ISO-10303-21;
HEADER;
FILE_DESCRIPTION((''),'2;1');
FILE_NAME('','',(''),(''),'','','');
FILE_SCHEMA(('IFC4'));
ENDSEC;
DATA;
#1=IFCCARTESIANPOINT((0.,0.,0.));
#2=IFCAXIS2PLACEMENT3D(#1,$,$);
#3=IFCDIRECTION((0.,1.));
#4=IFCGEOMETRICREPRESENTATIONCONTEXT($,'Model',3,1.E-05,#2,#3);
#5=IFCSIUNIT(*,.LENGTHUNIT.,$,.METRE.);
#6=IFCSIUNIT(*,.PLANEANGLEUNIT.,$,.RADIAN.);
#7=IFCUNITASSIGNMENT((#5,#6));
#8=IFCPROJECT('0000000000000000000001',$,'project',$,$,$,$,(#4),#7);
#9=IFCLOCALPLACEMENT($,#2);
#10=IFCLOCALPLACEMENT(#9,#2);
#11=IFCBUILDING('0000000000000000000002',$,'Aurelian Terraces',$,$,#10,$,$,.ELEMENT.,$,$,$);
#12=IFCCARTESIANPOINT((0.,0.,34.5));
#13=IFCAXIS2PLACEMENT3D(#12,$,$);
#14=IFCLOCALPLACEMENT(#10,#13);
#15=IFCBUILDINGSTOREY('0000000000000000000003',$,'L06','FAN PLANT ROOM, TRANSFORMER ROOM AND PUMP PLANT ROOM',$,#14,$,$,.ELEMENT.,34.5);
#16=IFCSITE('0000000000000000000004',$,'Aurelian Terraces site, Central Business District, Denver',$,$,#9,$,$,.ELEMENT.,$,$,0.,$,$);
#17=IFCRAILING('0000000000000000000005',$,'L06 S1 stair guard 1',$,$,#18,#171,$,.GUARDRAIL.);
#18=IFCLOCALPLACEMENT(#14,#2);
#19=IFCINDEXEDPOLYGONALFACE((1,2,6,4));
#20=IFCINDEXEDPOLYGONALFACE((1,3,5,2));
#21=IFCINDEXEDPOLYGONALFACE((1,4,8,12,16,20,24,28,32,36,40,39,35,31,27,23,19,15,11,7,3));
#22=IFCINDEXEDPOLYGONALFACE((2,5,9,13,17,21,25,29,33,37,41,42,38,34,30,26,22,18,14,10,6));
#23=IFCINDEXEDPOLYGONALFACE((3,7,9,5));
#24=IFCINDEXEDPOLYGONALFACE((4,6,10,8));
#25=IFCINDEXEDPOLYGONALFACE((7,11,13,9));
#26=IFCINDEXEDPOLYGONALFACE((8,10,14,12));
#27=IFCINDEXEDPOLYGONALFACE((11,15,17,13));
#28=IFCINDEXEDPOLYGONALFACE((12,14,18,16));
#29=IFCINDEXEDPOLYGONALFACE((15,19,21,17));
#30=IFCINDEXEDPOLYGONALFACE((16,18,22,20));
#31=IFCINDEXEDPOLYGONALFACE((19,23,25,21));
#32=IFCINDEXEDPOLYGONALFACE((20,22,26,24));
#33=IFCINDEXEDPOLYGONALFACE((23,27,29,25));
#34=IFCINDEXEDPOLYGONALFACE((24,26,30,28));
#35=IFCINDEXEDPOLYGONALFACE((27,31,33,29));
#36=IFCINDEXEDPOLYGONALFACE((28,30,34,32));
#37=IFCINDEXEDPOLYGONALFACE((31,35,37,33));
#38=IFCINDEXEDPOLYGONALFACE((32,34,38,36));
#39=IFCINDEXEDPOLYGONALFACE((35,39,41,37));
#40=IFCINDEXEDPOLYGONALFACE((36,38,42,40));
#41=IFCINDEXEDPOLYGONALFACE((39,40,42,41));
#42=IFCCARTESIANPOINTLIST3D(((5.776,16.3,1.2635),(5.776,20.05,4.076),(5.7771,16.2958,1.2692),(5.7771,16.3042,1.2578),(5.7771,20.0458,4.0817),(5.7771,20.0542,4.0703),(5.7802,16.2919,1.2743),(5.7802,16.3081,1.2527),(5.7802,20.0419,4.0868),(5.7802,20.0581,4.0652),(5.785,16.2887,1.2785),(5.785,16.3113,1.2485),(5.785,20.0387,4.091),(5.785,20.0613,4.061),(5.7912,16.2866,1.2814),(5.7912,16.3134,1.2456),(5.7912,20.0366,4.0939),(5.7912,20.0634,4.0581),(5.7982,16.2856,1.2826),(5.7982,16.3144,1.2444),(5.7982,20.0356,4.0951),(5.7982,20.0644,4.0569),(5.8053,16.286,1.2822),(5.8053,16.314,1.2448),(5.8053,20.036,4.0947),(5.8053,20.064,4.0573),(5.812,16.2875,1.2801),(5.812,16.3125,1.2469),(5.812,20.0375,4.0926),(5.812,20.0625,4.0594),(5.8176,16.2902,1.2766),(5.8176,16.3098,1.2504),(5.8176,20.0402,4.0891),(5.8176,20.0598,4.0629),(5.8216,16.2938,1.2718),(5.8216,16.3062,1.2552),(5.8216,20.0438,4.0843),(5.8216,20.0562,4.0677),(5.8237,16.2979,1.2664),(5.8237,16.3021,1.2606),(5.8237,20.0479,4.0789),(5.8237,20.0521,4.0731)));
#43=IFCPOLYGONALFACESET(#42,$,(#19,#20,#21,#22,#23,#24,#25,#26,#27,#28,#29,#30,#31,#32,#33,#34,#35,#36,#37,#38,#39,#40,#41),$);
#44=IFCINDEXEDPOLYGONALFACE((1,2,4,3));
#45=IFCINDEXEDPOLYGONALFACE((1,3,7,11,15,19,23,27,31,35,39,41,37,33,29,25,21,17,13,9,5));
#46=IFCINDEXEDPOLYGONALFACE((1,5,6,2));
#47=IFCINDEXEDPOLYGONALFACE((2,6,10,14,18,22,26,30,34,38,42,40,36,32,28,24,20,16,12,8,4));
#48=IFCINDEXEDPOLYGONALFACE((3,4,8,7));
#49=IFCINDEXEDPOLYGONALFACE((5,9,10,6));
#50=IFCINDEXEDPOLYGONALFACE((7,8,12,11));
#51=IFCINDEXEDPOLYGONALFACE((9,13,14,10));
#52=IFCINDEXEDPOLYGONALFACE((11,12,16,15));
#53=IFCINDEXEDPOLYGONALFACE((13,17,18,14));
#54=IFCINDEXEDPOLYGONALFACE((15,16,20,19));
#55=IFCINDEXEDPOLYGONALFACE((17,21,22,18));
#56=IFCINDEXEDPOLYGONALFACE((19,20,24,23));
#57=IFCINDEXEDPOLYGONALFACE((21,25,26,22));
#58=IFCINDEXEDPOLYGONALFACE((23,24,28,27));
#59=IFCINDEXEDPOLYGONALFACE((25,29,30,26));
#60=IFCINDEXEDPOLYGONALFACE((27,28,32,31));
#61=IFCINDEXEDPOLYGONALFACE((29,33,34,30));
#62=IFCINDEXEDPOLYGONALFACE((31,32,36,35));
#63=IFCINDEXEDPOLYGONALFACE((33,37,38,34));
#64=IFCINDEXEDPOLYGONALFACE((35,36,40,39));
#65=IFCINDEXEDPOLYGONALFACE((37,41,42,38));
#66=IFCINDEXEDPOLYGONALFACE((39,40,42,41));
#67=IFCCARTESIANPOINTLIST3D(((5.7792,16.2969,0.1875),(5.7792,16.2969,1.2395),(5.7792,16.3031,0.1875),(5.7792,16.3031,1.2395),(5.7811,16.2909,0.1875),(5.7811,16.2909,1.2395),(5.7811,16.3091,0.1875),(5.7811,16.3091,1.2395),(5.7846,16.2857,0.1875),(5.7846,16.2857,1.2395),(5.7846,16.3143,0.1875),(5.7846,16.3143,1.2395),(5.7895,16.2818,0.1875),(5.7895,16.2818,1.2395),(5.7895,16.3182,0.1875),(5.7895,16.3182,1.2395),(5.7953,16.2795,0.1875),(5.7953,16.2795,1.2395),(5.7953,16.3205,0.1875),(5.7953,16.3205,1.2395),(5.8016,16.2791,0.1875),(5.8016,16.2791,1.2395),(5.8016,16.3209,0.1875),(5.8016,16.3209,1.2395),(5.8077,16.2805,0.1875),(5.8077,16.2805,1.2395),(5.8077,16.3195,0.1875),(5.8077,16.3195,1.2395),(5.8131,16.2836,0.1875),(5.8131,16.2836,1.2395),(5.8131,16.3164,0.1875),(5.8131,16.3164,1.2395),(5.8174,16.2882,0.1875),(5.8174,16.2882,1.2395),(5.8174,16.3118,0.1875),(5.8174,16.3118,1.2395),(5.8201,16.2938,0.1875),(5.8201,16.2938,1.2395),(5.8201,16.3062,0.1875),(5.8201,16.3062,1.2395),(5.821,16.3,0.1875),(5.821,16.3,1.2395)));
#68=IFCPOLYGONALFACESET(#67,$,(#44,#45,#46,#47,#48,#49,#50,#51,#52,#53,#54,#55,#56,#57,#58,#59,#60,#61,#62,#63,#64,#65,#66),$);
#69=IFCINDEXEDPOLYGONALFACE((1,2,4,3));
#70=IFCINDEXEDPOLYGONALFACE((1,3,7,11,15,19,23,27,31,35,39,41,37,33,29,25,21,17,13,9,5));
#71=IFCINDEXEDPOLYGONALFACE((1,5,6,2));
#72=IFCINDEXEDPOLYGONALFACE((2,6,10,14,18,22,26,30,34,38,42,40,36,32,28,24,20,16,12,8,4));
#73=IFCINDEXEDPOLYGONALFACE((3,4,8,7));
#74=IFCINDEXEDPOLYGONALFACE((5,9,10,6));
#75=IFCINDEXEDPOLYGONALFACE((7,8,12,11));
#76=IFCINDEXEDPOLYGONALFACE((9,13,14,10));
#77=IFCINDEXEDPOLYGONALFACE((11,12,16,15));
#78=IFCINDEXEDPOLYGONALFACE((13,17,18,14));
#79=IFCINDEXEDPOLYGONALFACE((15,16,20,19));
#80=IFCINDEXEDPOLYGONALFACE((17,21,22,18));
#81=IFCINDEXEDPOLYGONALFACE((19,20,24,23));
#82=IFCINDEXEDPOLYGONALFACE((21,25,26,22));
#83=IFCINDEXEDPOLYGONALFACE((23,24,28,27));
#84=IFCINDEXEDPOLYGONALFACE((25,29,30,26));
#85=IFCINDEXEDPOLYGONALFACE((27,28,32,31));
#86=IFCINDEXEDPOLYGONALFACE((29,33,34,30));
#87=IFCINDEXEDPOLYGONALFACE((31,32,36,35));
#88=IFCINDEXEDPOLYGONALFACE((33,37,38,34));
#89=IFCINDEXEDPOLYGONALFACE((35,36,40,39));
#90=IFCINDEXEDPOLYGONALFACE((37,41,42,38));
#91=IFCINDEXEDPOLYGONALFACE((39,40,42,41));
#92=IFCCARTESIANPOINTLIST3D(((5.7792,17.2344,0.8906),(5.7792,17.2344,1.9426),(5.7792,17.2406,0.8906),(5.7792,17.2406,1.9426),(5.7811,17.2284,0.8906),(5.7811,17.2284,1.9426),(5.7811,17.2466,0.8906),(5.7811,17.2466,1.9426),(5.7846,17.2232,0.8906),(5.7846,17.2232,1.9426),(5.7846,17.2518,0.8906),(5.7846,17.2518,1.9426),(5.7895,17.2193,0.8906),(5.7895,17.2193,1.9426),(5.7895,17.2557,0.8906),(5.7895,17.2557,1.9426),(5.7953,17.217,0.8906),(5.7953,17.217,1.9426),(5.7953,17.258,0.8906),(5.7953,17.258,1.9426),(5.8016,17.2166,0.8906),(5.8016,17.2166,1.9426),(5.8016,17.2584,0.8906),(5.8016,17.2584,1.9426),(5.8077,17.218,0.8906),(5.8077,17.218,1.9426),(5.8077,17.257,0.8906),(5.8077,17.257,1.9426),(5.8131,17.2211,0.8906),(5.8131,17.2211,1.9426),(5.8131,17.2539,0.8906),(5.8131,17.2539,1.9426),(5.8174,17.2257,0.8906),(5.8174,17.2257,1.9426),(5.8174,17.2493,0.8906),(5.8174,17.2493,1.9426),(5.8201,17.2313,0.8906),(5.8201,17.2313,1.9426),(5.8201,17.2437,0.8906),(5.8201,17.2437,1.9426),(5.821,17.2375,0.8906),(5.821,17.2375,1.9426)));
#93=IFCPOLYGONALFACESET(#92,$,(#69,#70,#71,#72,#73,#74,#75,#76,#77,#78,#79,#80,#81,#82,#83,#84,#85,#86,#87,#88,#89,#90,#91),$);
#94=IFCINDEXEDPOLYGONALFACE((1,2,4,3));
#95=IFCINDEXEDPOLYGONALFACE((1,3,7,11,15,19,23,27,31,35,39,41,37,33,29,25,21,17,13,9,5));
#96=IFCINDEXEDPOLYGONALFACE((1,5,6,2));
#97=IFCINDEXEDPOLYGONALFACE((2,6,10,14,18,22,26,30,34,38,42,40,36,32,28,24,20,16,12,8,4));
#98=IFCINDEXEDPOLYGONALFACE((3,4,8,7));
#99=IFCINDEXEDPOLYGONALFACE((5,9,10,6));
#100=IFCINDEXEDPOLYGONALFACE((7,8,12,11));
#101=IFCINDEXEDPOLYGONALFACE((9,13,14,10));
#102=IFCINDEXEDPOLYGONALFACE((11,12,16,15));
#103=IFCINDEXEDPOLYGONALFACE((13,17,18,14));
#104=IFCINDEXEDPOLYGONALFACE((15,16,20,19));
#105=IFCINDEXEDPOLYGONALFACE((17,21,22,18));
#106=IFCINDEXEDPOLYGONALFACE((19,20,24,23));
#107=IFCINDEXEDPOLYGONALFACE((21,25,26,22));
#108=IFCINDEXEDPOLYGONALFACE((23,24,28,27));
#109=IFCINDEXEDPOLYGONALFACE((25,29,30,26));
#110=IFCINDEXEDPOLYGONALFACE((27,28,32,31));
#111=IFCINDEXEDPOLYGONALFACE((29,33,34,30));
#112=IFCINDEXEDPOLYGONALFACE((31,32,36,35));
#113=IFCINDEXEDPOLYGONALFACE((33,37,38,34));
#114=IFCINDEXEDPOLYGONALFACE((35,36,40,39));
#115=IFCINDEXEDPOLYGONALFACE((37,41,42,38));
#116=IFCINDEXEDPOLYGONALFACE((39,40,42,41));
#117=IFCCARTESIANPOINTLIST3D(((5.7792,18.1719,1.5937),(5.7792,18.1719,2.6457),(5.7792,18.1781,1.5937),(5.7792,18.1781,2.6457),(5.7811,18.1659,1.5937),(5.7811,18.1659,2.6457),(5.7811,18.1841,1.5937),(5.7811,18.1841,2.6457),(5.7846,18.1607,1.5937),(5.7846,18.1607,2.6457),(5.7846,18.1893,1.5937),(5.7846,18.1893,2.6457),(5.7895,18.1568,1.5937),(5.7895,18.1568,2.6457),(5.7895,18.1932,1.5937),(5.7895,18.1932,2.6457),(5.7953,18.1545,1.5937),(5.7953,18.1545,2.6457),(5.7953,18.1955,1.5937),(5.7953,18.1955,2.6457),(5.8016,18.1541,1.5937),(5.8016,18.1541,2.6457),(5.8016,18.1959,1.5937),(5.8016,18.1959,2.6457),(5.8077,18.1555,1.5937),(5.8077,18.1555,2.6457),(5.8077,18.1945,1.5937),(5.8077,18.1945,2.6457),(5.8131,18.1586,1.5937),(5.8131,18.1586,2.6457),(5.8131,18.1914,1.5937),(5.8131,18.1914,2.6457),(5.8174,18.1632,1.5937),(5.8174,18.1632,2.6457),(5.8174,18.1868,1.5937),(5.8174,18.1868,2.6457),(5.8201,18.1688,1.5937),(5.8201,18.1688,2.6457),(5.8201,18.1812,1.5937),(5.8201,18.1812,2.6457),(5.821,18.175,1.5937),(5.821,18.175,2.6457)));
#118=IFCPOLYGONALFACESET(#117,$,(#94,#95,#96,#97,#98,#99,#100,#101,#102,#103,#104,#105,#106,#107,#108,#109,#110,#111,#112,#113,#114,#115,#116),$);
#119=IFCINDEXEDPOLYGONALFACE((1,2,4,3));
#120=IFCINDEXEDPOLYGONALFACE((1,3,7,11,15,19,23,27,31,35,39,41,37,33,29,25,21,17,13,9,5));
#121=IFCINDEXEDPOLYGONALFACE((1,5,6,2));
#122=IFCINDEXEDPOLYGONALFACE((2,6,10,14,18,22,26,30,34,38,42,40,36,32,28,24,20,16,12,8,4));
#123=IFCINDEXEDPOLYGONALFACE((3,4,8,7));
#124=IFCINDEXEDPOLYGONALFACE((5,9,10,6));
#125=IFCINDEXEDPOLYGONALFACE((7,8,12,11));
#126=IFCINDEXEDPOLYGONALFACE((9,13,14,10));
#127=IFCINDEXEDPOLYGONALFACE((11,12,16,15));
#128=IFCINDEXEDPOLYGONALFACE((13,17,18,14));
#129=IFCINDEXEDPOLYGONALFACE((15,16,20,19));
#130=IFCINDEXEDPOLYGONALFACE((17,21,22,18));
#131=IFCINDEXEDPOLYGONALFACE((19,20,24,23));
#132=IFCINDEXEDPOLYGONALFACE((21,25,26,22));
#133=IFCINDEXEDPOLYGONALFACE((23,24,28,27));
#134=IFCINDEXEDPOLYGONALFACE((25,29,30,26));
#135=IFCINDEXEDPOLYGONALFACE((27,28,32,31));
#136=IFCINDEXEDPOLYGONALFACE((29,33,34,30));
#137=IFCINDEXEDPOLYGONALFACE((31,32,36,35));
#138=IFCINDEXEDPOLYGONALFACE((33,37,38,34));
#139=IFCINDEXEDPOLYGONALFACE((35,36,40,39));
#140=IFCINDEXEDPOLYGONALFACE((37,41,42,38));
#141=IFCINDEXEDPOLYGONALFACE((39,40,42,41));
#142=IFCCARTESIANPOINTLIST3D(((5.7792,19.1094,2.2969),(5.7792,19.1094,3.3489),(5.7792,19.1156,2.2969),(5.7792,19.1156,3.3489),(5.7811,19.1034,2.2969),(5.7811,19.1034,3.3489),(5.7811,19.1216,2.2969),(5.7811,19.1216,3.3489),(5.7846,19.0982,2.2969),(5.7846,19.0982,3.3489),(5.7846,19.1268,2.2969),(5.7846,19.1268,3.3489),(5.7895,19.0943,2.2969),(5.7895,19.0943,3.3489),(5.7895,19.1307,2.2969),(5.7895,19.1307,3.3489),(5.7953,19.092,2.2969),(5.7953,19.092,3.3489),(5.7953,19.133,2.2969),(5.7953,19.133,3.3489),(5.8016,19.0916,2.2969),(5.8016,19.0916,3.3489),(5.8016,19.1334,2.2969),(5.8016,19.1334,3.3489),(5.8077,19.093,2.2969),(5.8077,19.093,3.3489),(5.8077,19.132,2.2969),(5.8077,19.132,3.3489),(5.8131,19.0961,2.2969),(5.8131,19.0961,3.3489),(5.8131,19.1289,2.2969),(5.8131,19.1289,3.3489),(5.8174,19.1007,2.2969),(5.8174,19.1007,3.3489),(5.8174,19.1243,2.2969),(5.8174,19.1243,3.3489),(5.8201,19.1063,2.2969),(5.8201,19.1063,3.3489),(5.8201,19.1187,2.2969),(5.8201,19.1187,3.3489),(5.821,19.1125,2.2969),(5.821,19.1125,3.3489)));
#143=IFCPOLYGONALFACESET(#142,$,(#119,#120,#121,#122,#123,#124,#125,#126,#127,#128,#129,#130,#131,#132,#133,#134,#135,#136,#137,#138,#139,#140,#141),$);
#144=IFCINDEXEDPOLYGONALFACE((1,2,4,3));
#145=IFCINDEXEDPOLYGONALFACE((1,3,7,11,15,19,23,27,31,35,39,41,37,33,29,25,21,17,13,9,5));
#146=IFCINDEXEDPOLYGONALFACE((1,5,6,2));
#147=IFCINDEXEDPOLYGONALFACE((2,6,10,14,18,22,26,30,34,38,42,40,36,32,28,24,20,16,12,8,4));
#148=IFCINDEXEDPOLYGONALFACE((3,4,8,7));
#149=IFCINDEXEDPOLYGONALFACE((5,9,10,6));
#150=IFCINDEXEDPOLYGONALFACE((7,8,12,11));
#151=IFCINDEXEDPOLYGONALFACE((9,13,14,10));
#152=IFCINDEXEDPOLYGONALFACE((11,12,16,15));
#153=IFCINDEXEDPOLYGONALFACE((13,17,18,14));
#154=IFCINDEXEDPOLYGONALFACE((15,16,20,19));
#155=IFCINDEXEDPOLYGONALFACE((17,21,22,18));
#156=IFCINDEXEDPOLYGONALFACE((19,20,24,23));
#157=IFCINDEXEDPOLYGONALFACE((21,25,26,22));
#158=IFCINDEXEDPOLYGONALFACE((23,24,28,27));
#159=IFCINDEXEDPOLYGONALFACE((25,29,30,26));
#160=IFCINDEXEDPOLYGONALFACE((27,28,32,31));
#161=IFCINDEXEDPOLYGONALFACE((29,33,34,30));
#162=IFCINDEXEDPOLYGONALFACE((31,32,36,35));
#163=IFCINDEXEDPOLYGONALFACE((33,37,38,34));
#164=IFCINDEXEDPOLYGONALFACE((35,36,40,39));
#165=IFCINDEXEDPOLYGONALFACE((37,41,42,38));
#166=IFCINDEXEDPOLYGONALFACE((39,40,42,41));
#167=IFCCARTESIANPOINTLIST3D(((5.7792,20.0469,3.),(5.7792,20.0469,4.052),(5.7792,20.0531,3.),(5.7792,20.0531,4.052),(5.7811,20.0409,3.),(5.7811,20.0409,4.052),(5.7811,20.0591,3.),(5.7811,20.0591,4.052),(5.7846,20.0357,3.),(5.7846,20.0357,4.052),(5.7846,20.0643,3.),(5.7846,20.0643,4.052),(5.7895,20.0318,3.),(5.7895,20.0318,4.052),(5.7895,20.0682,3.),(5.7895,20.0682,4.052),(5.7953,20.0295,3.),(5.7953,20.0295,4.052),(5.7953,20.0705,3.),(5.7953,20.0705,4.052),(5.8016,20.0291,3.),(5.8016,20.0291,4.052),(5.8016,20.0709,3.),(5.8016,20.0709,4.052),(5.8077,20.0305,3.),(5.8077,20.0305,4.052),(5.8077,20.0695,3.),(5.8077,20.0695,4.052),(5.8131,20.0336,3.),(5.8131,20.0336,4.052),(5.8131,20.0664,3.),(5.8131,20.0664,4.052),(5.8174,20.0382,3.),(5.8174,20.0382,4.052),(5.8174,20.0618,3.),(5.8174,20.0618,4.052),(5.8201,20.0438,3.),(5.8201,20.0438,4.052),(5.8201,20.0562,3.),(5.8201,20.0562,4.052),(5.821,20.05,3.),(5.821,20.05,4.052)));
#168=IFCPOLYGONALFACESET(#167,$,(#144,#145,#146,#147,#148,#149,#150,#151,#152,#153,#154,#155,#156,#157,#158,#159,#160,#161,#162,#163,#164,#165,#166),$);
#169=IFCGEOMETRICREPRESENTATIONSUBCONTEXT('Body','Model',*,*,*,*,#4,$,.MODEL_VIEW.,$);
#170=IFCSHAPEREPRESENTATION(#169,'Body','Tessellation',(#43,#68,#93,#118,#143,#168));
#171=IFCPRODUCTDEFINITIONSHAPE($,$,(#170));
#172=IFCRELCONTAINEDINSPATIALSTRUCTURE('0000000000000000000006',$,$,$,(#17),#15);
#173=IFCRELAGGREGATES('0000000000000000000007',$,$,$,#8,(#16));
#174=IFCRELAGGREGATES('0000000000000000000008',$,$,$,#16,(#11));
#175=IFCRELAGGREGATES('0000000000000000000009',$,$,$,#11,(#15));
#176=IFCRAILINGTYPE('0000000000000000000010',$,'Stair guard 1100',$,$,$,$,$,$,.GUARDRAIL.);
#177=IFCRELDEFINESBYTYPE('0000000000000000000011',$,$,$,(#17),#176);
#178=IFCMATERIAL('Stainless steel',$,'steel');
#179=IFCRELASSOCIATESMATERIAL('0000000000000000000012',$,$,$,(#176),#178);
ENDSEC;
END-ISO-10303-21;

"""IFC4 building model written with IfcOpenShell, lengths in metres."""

from ifc_helpers import new_model, si_unit, direction, frame, origin, origin_2d, place, context, subcontext, project, spatial, circle, extrude, material, type_object, element, save


model = new_model("IFC4")

# Units and contexts
model_context = context("Model", 3, precision=1e-05, world=origin(), true_north=direction((0.0, 1.0)))
body_context = subcontext(model_context, "Body", "Model", "MODEL_VIEW")
ifc_project = project(units=[si_unit("LENGTHUNIT", "METRE"), si_unit("PLANEANGLEUNIT", "RADIAN")], contexts=[model_context])

# Site, building, storey
site_placement = place(None, origin())
site = spatial("IfcSite", under=ifc_project, at=site_placement, Name="Aurelian Terraces site, Central Business District, Denver", CompositionType="ELEMENT", RefElevation=0.0)
building_placement = place(site_placement, origin())
building = spatial("IfcBuilding", under=site, at=building_placement, Name="Aurelian Terraces", CompositionType="ELEMENT")
storey_placement = place(building_placement, frame((0.0, 0.0, 34.5)))
storey = spatial("IfcBuildingStorey", under=building, at=storey_placement, Name="L06", Description="FAN PLANT ROOM, TRANSFORMER ROOM AND PUMP PLANT ROOM", CompositionType="ELEMENT", Elevation=34.5)

# Shared definitions
ifc_material_1 = material(Name="Stainless steel", Category="steel")

# Railing
railing_type_1 = type_object("IfcRailingType", Name="Stair guard 1100", PredefinedType="GUARDRAIL", material=ifc_material_1)
railing_1_placement = place(storey_placement, frame((5.8, 16.3, 0.1875)))
element("IfcRailing", 1, at=railing_1_placement, inside=storey, type_object=railing_type_1, Name="L06 S1 stair guard 1", PredefinedType="GUARDRAIL", context=body_context, shape_type="SweptSolid", body=[
    extrude(circle(Radius=0.024, at=origin_2d()), frame((0.0, 0.0, 1.076), z_axis=(0.0, 0.8, 0.6), x_axis=(-1.0, 0.0, 0.0)), (0.0, 0.0, 1.0), 4.6875),
    extrude(circle(Radius=0.021, at=origin_2d()), origin(), (0.0, 0.0, 1.0), 1.052),
    extrude(circle(Radius=0.021, at=origin_2d()), frame((0.0, 0.9375, 0.7031)), (0.0, 0.0, 1.0), 1.052),
    extrude(circle(Radius=0.021, at=origin_2d()), frame((0.0, 1.875, 1.4062)), (0.0, 0.0, 1.0), 1.052),
    extrude(circle(Radius=0.021, at=origin_2d()), frame((0.0, 2.8125, 2.1094)), (0.0, 0.0, 1.0), 1.052),
    extrude(circle(Radius=0.021, at=origin_2d()), frame((0.0, 3.75, 2.8125)), (0.0, 0.0, 1.0), 1.052),
])

save(model, "model.ifc")
